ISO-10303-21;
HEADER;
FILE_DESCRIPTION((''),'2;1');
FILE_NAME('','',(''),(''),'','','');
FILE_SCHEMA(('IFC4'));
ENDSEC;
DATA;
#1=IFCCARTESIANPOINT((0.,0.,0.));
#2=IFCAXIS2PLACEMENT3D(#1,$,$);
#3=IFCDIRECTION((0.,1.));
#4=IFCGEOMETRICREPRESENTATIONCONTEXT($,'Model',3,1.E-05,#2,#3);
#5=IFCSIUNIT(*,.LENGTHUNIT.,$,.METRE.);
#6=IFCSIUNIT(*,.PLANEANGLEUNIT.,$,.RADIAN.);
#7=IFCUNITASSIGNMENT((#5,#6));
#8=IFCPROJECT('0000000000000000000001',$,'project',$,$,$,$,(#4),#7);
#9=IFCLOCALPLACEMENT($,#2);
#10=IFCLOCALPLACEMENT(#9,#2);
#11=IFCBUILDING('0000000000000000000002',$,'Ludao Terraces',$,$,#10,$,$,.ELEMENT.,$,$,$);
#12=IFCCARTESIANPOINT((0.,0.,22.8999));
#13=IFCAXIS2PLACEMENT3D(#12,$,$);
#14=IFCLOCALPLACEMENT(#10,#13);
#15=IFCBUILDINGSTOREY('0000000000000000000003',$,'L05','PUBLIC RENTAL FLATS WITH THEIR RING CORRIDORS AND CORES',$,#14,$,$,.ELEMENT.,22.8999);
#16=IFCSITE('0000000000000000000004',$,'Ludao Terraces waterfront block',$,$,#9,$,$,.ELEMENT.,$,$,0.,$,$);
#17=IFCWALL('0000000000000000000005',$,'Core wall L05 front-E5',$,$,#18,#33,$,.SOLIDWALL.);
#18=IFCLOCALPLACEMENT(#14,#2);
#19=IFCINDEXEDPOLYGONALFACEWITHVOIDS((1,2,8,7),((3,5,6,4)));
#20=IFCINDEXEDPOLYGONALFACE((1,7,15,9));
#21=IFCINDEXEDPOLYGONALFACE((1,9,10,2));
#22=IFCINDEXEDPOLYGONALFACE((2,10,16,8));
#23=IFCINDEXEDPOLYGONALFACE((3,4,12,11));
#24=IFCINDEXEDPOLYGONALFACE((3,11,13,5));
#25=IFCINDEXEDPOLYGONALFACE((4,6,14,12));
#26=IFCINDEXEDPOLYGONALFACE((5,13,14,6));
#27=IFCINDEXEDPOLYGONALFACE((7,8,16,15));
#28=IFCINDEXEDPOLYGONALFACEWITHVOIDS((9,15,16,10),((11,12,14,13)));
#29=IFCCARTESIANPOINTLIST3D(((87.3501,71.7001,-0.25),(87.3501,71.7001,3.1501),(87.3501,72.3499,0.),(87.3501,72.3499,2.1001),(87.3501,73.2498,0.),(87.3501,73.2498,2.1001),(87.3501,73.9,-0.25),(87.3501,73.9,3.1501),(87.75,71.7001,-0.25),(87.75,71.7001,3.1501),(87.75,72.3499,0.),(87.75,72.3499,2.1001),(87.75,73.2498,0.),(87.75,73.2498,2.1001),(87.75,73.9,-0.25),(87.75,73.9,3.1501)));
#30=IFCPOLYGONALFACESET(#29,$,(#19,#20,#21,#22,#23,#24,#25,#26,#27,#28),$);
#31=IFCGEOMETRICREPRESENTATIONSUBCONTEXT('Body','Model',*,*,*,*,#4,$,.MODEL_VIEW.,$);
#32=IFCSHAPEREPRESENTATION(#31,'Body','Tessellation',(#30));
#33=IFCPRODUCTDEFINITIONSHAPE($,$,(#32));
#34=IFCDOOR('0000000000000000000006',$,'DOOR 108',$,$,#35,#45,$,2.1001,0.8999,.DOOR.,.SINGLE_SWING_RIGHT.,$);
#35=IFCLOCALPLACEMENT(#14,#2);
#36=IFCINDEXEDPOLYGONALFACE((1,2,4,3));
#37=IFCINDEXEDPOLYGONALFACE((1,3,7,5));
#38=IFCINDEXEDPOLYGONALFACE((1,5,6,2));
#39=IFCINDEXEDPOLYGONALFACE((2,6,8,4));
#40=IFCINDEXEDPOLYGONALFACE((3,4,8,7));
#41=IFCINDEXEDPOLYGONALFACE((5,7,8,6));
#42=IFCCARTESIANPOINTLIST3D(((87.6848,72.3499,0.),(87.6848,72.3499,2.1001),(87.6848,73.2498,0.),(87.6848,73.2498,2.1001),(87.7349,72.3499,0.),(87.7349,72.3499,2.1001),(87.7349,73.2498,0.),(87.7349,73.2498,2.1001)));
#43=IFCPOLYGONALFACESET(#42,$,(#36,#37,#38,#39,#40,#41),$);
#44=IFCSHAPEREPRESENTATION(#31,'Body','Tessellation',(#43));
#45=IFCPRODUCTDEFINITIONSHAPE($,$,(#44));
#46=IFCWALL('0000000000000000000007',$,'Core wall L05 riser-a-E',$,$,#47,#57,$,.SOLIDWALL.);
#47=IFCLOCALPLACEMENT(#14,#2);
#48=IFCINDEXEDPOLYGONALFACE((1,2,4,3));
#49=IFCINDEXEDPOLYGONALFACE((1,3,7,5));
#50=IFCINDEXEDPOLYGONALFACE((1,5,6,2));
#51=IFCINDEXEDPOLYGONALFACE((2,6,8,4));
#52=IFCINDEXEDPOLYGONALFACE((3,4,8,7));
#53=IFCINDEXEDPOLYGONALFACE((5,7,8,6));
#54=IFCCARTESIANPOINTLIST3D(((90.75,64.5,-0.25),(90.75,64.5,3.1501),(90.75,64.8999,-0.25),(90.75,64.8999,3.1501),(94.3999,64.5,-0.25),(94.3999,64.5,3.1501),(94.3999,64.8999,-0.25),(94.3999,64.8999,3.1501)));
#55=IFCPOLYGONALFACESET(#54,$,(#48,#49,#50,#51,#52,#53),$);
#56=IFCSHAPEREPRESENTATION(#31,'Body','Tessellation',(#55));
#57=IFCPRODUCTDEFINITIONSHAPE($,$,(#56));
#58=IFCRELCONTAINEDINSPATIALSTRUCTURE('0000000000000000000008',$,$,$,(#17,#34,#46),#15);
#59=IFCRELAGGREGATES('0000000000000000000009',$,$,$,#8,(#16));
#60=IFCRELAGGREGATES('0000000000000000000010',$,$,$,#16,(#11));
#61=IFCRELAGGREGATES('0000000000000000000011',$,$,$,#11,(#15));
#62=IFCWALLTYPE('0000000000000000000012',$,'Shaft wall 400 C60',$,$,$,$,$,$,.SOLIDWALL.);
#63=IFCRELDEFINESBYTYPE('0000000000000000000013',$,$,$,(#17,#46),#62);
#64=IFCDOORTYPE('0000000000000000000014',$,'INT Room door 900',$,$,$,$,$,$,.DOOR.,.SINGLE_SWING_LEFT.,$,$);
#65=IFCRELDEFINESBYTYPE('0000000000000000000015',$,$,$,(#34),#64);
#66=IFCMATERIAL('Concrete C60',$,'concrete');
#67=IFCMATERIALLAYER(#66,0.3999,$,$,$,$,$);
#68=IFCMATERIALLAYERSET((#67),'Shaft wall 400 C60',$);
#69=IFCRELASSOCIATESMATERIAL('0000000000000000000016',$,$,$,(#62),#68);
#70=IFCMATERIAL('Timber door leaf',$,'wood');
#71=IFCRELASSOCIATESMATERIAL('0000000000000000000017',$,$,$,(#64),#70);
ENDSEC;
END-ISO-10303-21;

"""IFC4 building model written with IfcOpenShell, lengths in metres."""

from ifc_helpers import new_model, si_unit, direction, frame, frame_2d, origin, place, context, subcontext, project, spatial, rectangle, extrude, material, layer, layer_set, type_object, element, fill, save


model = new_model("IFC4")

# Units and contexts
model_context = context("Model", 3, precision=1e-05, world=origin(), true_north=direction((0.0, 1.0)))
body_context = subcontext(model_context, "Body", "Model", "MODEL_VIEW")
ifc_project = project(units=[si_unit("LENGTHUNIT", "METRE"), si_unit("PLANEANGLEUNIT", "RADIAN")], contexts=[model_context])

# Site, building, storey
site_placement = place(None, origin())
site = spatial("IfcSite", under=ifc_project, at=site_placement, Name="Ludao Terraces waterfront block", CompositionType="ELEMENT", RefElevation=0.0)
building_placement = place(site_placement, origin())
building = spatial("IfcBuilding", under=site, at=building_placement, Name="Ludao Terraces", CompositionType="ELEMENT")
storey_placement = place(building_placement, frame((0.0, 0.0, 22.8999)))
storey = spatial("IfcBuildingStorey", under=building, at=storey_placement, Name="L05", Description="PUBLIC RENTAL FLATS WITH THEIR RING CORRIDORS AND CORES", CompositionType="ELEMENT", Elevation=22.8999)

# Shared definitions
ifc_material_1 = material(Name="Concrete C60", Category="concrete")
ifc_layer_1 = layer(ifc_material_1, 0.3999)
ifc_layer_set_1 = layer_set([ifc_layer_1], Name="Shaft wall 400 C60")
wall_type_1 = type_object("IfcWallType", Name="Shaft wall 400 C60", PredefinedType="SOLIDWALL", material=ifc_layer_set_1)

# Wall, opening, door
wall_1_placement = place(storey_placement, frame((87.55, 71.7, -0.25), z_axis=(0.0, 0.0, 1.0), x_axis=(0.0, 1.0, 0.0)))
wall_1 = element("IfcWall", 1, at=wall_1_placement, inside=storey, type_object=wall_type_1, Name="Core wall L05 front-E5", PredefinedType="SOLIDWALL", context=body_context, shape_type="SweptSolid", body=[
    extrude(rectangle(XDim=2.2, YDim=0.3999, at=frame_2d((1.1001, 0.0))), origin(), (0.0, 0.0, 1.0), 3.4001),
])
opening_1_placement = place(wall_1_placement, frame((0.6499, 0.0, 0.25)))
opening_1 = element("IfcOpeningElement", 2, at=opening_1_placement, cuts=wall_1, PredefinedType="OPENING", context=body_context, shape_type="SweptSolid", body=[
    extrude(rectangle(XDim=0.8999, YDim=2.1001, at=frame_2d((0.45, 1.05))), frame((0.0, 0.21, 0.0), z_axis=(0.0, -1.0, 0.0), x_axis=(1.0, 0.0, 0.0)), (0.0, 0.0, 1.0), 0.4199),
])
ifc_material_2 = material(Name="Timber door leaf", Category="wood")
door_type_1 = type_object("IfcDoorType", Name="INT Room door 900", OperationType="SINGLE_SWING_LEFT", PredefinedType="DOOR", material=ifc_material_2)
door_1_placement = place(opening_1_placement, origin())
door_1 = element("IfcDoor", 3, at=door_1_placement, inside=storey, type_object=door_type_1, Name="DOOR 108", OperationType="SINGLE_SWING_RIGHT", OverallHeight=2.1001, OverallWidth=0.8999, PredefinedType="DOOR", context=body_context, shape_type="SweptSolid", body=[
    extrude(rectangle(XDim=0.8999, YDim=2.1001, at=frame_2d((0.45, 1.05))), frame((0.0, -0.1348, 0.0), z_axis=(0.0, -1.0, 0.0), x_axis=(1.0, 0.0, 0.0)), (0.0, 0.0, 1.0), 0.05),
])
fill(opening_1, door_1)

# Wall
wall_2_placement = place(storey_placement, frame((90.75, 64.7, -0.25), z_axis=(0.0, 0.0, 1.0), x_axis=(1.0, 0.0, 0.0)))
element("IfcWall", 4, at=wall_2_placement, inside=storey, type_object=wall_type_1, Name="Core wall L05 riser-a-E", PredefinedType="SOLIDWALL", context=body_context, shape_type="SweptSolid", body=[
    extrude(rectangle(XDim=3.6499, YDim=0.3999, at=frame_2d((1.825, 0.0))), origin(), (0.0, 0.0, 1.0), 3.4001),
])

save(model, "model.ifc")
